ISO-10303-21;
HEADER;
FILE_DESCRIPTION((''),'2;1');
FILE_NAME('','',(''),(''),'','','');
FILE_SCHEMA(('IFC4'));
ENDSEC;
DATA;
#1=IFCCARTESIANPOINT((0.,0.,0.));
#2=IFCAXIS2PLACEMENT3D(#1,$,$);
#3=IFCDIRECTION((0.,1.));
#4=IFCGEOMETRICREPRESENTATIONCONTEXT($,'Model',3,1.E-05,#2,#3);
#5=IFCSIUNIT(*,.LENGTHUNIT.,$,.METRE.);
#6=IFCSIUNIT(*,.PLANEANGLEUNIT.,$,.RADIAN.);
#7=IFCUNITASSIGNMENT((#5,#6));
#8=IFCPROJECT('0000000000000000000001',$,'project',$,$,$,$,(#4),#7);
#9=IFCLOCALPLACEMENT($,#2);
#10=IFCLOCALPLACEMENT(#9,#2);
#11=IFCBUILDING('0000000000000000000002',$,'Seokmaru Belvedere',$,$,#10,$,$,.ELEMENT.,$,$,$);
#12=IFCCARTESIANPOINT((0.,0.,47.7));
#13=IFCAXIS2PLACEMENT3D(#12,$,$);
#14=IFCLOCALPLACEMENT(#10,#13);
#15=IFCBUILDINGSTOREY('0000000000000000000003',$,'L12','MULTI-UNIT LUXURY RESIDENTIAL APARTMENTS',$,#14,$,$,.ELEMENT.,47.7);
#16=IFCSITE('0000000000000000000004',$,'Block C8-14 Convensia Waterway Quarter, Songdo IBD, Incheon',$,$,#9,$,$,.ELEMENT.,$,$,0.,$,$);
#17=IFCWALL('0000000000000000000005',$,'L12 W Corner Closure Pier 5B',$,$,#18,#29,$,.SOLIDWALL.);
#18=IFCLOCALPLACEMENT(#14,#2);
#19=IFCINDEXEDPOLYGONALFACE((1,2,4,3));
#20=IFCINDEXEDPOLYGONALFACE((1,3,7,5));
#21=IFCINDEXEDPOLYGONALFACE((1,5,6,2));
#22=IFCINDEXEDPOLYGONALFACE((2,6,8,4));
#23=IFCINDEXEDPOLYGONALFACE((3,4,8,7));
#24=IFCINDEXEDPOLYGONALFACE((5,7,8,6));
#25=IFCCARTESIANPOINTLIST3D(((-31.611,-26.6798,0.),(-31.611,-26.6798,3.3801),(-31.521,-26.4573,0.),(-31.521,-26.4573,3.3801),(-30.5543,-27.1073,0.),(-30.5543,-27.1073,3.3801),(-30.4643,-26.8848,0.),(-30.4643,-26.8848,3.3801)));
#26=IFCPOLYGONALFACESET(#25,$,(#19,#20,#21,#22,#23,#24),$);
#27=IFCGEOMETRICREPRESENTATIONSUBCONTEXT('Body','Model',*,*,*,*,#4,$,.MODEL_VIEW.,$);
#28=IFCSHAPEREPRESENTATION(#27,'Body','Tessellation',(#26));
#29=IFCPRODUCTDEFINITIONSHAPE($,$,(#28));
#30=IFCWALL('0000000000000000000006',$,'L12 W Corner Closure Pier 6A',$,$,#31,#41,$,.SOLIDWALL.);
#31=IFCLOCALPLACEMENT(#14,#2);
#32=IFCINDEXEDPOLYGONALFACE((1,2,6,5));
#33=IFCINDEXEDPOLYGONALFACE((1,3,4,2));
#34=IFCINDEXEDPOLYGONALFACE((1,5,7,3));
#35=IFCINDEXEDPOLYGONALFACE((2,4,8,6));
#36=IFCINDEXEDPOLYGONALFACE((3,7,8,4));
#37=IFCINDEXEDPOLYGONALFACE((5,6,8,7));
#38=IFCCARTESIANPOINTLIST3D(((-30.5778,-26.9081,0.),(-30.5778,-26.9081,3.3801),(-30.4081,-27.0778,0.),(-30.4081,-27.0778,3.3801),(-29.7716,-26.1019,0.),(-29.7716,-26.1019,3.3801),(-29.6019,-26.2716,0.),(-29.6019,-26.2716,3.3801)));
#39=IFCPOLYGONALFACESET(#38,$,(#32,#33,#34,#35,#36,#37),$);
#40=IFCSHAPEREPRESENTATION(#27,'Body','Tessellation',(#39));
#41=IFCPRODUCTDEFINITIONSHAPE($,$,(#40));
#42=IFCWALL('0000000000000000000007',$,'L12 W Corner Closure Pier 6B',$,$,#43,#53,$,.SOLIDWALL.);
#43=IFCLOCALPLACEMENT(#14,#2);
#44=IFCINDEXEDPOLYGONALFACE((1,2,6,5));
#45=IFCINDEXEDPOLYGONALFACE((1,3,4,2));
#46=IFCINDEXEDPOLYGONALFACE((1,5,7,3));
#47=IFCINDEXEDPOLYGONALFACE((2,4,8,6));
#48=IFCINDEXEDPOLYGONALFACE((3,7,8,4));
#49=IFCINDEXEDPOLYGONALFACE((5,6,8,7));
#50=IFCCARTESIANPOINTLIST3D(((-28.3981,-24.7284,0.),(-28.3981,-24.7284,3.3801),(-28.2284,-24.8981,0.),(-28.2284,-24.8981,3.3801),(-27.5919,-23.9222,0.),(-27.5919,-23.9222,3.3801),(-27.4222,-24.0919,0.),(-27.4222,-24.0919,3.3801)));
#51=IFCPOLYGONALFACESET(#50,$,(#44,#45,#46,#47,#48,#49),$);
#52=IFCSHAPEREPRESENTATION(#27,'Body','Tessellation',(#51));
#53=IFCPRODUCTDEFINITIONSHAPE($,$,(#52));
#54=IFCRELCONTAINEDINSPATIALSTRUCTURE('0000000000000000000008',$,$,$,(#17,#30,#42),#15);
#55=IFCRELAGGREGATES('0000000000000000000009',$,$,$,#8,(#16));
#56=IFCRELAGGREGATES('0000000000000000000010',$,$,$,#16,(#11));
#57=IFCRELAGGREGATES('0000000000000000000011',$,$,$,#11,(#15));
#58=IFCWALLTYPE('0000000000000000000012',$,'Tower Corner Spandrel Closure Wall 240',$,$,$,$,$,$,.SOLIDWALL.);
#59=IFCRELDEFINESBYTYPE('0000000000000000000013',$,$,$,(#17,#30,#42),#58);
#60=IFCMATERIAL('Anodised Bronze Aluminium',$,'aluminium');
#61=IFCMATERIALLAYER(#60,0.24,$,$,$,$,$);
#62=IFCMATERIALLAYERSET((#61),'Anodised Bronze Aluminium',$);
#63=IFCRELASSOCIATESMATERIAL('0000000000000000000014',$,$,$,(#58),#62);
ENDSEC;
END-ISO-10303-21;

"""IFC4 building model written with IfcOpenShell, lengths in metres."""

from ifc_helpers import new_model, si_unit, direction, frame, frame_2d, origin, place, context, subcontext, project, spatial, rectangle, extrude, material, layer, layer_set, type_object, element, save


model = new_model("IFC4")

# Units and contexts
model_context = context("Model", 3, precision=1e-05, world=origin(), true_north=direction((0.0, 1.0)))
body_context = subcontext(model_context, "Body", "Model", "MODEL_VIEW")
ifc_project = project(units=[si_unit("LENGTHUNIT", "METRE"), si_unit("PLANEANGLEUNIT", "RADIAN")], contexts=[model_context])

# Site, building, storey
site_placement = place(None, origin())
site = spatial("IfcSite", under=ifc_project, at=site_placement, Name="Block C8-14 Convensia Waterway Quarter, Songdo IBD, Incheon", CompositionType="ELEMENT", RefElevation=0.0)
building_placement = place(site_placement, origin())
building = spatial("IfcBuilding", under=site, at=building_placement, Name="Seokmaru Belvedere", CompositionType="ELEMENT")
storey_placement = place(building_placement, frame((0.0, 0.0, 47.7)))
storey = spatial("IfcBuildingStorey", under=building, at=storey_placement, Name="L12", Description="MULTI-UNIT LUXURY RESIDENTIAL APARTMENTS", CompositionType="ELEMENT", Elevation=47.7)

# Shared definitions
ifc_material_1 = material(Name="Anodised Bronze Aluminium", Category="aluminium")

# Walls
ifc_layer_1 = layer(ifc_material_1, 0.24)
ifc_layer_set_1 = layer_set([ifc_layer_1], Name="Anodised Bronze Aluminium")
wall_type_1 = type_object("IfcWallType", Name="Tower Corner Spandrel Closure Wall 240", PredefinedType="SOLIDWALL", material=ifc_layer_set_1)
wall_1_placement = place(storey_placement, frame((-31.5659, -26.5686, 0.0), z_axis=(0.0, 0.0, 1.0), x_axis=(0.927007, -0.375044, 0.0)))
element("IfcWall", 1, at=wall_1_placement, inside=storey, type_object=wall_type_1, Name="L12 W Corner Closure Pier 5B", PredefinedType="SOLIDWALL", context=body_context, shape_type="SweptSolid", body=[
    extrude(rectangle(XDim=1.1399, YDim=0.24, at=frame_2d((0.5698, 0.0))), origin(), (0.0, 0.0, 1.0), 3.3801),
])
for number, where, z_axis, x_axis, name in (
    (2, (-30.4929, -26.9929, 0.0), (0.0, 0.0, 1.0), (0.707107, 0.707107, 0.0), "L12 W Corner Closure Pier 6A"),
    (3, (-28.3132, -24.8132, 0.0), (0.0, 0.0, 1.0), (0.707107, 0.707107, 0.0), "L12 W Corner Closure Pier 6B"),
):
    element("IfcWall", number, at=place(storey_placement, frame(where, z_axis=z_axis, x_axis=x_axis)), inside=storey, type_object=wall_type_1, Name=name, PredefinedType="SOLIDWALL", context=body_context, shape_type="SweptSolid", body=[
        extrude(rectangle(XDim=1.1401, YDim=0.24, at=frame_2d((0.5701, 0.0))), origin(), (0.0, 0.0, 1.0), 3.3801),
    ])

save(model, "model.ifc")
